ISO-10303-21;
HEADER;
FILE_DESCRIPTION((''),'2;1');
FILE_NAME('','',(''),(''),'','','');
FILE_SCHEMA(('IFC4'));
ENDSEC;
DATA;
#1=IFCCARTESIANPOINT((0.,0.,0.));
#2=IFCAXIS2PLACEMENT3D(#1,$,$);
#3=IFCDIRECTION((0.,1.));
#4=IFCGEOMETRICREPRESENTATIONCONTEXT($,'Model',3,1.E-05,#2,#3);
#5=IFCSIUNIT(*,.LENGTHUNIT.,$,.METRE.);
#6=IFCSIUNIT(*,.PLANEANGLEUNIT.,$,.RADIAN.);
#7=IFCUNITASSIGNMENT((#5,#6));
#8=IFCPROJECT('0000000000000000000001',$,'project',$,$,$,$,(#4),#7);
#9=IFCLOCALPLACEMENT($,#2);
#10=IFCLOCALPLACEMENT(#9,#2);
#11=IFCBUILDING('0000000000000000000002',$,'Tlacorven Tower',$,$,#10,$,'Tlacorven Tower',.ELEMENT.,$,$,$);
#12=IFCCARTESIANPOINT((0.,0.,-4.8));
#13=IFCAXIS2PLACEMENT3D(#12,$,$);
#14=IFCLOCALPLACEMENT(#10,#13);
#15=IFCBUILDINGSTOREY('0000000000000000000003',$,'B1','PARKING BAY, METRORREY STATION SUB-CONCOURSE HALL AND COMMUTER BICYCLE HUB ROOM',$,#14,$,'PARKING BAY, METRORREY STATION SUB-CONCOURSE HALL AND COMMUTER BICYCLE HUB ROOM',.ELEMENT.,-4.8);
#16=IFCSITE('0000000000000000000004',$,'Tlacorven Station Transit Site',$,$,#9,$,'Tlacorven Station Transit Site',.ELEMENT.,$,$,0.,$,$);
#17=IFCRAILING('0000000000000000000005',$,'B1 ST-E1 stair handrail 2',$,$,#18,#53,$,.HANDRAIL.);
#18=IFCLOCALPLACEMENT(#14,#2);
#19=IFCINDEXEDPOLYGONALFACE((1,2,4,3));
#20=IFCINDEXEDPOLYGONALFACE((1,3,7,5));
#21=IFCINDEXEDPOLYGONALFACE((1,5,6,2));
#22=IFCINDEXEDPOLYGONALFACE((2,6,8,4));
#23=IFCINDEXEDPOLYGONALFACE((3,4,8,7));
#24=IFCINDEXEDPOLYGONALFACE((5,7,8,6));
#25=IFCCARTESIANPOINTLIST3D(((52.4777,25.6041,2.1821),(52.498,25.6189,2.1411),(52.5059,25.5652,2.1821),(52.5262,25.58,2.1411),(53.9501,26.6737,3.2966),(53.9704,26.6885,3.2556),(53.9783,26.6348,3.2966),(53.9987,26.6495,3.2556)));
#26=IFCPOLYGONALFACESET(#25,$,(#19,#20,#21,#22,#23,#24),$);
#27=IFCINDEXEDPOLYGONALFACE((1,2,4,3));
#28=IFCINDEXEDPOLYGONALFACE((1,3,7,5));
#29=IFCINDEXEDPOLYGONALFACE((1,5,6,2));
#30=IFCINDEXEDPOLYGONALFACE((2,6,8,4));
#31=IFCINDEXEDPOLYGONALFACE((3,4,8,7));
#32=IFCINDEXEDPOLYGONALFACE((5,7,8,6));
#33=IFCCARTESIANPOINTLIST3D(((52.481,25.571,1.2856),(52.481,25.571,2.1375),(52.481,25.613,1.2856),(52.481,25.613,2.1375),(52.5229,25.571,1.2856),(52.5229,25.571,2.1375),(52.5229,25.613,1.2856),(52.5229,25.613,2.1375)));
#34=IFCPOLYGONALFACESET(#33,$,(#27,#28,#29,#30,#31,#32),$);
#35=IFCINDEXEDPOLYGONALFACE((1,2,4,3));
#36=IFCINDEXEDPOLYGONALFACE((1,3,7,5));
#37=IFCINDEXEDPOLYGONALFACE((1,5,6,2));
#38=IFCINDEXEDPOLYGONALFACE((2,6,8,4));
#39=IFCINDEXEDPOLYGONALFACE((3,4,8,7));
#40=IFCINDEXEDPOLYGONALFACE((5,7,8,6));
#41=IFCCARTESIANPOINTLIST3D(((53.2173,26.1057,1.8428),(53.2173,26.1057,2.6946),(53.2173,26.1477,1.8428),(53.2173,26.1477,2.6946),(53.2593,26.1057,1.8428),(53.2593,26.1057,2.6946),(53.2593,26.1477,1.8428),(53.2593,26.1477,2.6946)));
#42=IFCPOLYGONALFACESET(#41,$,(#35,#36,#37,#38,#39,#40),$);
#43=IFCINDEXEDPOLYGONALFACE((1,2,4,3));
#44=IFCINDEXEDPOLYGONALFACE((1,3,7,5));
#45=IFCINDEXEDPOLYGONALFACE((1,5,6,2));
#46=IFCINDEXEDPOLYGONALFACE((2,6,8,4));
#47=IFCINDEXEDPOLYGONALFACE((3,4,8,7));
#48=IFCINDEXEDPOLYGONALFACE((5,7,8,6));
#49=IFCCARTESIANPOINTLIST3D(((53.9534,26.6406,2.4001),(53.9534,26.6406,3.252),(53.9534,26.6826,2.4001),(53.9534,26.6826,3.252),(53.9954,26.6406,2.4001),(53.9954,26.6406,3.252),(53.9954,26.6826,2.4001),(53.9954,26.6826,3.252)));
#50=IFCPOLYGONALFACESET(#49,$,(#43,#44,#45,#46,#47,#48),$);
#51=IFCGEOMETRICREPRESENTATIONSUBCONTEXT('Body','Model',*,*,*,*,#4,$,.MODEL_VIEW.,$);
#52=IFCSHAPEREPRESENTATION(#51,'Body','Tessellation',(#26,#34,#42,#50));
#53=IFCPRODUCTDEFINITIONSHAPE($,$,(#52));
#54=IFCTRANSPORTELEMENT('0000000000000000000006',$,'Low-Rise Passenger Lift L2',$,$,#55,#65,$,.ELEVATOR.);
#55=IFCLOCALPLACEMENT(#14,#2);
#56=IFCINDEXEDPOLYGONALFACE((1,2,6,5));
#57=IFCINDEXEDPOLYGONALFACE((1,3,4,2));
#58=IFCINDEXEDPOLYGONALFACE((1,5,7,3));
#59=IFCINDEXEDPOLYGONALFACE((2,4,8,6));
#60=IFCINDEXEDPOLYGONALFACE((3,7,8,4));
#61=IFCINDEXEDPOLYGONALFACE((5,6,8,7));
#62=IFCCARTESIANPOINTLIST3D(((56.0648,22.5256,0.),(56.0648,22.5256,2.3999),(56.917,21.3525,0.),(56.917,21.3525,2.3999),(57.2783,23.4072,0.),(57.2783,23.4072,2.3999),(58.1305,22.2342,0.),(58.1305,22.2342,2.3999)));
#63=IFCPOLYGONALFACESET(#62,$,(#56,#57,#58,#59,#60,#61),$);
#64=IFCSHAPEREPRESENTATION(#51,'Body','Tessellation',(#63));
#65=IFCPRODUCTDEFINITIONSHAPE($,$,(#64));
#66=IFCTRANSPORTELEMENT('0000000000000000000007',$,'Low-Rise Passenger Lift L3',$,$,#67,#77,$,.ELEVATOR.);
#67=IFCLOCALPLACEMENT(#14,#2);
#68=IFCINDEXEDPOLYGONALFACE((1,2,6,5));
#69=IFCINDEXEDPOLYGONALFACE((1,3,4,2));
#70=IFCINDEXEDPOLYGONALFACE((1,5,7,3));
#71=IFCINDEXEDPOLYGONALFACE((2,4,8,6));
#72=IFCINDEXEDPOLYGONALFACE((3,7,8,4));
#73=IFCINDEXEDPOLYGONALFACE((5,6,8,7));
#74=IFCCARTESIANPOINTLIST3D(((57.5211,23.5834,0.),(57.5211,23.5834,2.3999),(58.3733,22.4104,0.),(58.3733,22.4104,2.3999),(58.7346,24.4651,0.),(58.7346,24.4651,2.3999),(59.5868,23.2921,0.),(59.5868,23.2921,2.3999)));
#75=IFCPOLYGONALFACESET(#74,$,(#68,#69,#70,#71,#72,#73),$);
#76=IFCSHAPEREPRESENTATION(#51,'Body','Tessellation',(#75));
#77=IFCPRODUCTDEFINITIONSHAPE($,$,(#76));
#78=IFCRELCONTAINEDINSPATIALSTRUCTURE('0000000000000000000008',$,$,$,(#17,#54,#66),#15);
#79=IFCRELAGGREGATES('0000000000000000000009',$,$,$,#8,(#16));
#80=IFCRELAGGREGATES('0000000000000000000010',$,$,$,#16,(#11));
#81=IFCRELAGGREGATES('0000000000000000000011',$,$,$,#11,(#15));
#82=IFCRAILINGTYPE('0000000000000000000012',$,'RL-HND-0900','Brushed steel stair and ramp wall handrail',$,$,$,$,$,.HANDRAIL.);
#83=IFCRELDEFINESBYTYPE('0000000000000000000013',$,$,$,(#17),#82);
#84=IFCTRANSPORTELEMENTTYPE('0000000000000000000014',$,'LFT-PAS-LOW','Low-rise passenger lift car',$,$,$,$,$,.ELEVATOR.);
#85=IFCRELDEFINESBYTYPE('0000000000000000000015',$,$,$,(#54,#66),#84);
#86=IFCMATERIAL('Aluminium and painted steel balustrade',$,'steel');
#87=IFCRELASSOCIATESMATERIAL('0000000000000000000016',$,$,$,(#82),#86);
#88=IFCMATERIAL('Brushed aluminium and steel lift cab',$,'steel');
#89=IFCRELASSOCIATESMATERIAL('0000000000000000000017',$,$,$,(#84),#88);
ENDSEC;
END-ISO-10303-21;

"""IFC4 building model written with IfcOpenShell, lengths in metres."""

from ifc_helpers import new_model, si_unit, direction, frame, origin, origin_2d, place, context, subcontext, project, spatial, rectangle, extrude, source, transform, mapped, material, type_object, element, save


model = new_model("IFC4")

# Units and contexts
model_context = context("Model", 3, precision=1e-05, world=origin(), true_north=direction((0.0, 1.0)))
body_context = subcontext(model_context, "Body", "Model", "MODEL_VIEW")
ifc_project = project(units=[si_unit("LENGTHUNIT", "METRE"), si_unit("PLANEANGLEUNIT", "RADIAN")], contexts=[model_context])

# Site, building, storey
site_placement = place(None, origin())
site = spatial("IfcSite", under=ifc_project, at=site_placement, Name="Tlacorven Station Transit Site", LongName="Tlacorven Station Transit Site", CompositionType="ELEMENT", RefElevation=0.0)
building_placement = place(site_placement, origin())
building = spatial("IfcBuilding", under=site, at=building_placement, Name="Tlacorven Tower", LongName="Tlacorven Tower", CompositionType="ELEMENT")
storey_placement = place(building_placement, frame((0.0, 0.0, -4.8)))
storey = spatial("IfcBuildingStorey", under=building, at=storey_placement, Name="B1", Description="PARKING BAY, METRORREY STATION SUB-CONCOURSE HALL AND COMMUTER BICYCLE HUB ROOM", LongName="PARKING BAY, METRORREY STATION SUB-CONCOURSE HALL AND COMMUTER BICYCLE HUB ROOM", CompositionType="ELEMENT", Elevation=-4.8)

# Railing
ifc_material_1 = material(Name="Aluminium and painted steel balustrade", Category="steel")
railing_type_1 = type_object("IfcRailingType", Name="RL-HND-0900", Description="Brushed steel stair and ramp wall handrail", PredefinedType="HANDRAIL", material=ifc_material_1)
shared_shape_1 = source(origin(), body_context, "Body", "SweptSolid", [
    extrude(rectangle(XDim=0.0481, YDim=0.0481, at=origin_2d()), frame((0.0, 0.0, 0.876), z_axis=(0.689966, 0.5012, 0.522251), x_axis=(-0.587717, 0.809067, 0.0)), (0.0, 0.0, 1.0), 2.134),
    extrude(rectangle(XDim=0.042, YDim=0.042, at=origin_2d()), origin(), (0.0, 0.0, 1.0), 0.8518),
    extrude(rectangle(XDim=0.042, YDim=0.042, at=origin_2d()), frame((0.7363, 0.5347, 0.5571)), (0.0, 0.0, 1.0), 0.8518),
    extrude(rectangle(XDim=0.042, YDim=0.042, at=origin_2d()), frame((1.4724, 1.0696, 1.1145)), (0.0, 0.0, 1.0), 0.8518),
])
railing_1_placement = place(storey_placement, frame((52.502, 25.592, 1.2856)))
element("IfcRailing", 1, at=railing_1_placement, inside=storey, type_object=railing_type_1, Name="B1 ST-E1 stair handrail 2", PredefinedType="HANDRAIL", context=body_context, shape_type="MappedRepresentation", body=[
    mapped(shared_shape_1, transform((0.0, 0.0, 0.0), scale=1.0)),
])

# Transport elements
ifc_material_2 = material(Name="Brushed aluminium and steel lift cab", Category="steel")
transport_element_type = type_object("IfcTransportElementType", Name="LFT-PAS-LOW", Description="Low-rise passenger lift car", PredefinedType="ELEVATOR", material=ifc_material_2)
shared_shape_2 = source(origin(), body_context, "Body", "SweptSolid", [
    extrude(rectangle(XDim=1.5, YDim=1.45, at=origin_2d()), origin(), (0.0, 0.0, 1.0), 2.3999),
])
for number, where, z_axis, x_axis, name in (
    (2, (57.0977, 22.3799, 0.0), (0.0, 0.0, 1.0), (0.809017, 0.587785, 0.0), "Low-Rise Passenger Lift L2"),
    (3, (58.554, 23.4377, 0.0), (0.0, 0.0, 1.0), (0.809017, 0.587785, 0.0), "Low-Rise Passenger Lift L3"),
):
    element("IfcTransportElement", number, at=place(storey_placement, frame(where, z_axis=z_axis, x_axis=x_axis)), inside=storey, type_object=transport_element_type, Name=name, PredefinedType="ELEVATOR", context=body_context, shape_type="MappedRepresentation", body=[
        mapped(shared_shape_2, transform((0.0, 0.0, 0.0), scale=1.0)),
    ])

save(model, "model.ifc")
